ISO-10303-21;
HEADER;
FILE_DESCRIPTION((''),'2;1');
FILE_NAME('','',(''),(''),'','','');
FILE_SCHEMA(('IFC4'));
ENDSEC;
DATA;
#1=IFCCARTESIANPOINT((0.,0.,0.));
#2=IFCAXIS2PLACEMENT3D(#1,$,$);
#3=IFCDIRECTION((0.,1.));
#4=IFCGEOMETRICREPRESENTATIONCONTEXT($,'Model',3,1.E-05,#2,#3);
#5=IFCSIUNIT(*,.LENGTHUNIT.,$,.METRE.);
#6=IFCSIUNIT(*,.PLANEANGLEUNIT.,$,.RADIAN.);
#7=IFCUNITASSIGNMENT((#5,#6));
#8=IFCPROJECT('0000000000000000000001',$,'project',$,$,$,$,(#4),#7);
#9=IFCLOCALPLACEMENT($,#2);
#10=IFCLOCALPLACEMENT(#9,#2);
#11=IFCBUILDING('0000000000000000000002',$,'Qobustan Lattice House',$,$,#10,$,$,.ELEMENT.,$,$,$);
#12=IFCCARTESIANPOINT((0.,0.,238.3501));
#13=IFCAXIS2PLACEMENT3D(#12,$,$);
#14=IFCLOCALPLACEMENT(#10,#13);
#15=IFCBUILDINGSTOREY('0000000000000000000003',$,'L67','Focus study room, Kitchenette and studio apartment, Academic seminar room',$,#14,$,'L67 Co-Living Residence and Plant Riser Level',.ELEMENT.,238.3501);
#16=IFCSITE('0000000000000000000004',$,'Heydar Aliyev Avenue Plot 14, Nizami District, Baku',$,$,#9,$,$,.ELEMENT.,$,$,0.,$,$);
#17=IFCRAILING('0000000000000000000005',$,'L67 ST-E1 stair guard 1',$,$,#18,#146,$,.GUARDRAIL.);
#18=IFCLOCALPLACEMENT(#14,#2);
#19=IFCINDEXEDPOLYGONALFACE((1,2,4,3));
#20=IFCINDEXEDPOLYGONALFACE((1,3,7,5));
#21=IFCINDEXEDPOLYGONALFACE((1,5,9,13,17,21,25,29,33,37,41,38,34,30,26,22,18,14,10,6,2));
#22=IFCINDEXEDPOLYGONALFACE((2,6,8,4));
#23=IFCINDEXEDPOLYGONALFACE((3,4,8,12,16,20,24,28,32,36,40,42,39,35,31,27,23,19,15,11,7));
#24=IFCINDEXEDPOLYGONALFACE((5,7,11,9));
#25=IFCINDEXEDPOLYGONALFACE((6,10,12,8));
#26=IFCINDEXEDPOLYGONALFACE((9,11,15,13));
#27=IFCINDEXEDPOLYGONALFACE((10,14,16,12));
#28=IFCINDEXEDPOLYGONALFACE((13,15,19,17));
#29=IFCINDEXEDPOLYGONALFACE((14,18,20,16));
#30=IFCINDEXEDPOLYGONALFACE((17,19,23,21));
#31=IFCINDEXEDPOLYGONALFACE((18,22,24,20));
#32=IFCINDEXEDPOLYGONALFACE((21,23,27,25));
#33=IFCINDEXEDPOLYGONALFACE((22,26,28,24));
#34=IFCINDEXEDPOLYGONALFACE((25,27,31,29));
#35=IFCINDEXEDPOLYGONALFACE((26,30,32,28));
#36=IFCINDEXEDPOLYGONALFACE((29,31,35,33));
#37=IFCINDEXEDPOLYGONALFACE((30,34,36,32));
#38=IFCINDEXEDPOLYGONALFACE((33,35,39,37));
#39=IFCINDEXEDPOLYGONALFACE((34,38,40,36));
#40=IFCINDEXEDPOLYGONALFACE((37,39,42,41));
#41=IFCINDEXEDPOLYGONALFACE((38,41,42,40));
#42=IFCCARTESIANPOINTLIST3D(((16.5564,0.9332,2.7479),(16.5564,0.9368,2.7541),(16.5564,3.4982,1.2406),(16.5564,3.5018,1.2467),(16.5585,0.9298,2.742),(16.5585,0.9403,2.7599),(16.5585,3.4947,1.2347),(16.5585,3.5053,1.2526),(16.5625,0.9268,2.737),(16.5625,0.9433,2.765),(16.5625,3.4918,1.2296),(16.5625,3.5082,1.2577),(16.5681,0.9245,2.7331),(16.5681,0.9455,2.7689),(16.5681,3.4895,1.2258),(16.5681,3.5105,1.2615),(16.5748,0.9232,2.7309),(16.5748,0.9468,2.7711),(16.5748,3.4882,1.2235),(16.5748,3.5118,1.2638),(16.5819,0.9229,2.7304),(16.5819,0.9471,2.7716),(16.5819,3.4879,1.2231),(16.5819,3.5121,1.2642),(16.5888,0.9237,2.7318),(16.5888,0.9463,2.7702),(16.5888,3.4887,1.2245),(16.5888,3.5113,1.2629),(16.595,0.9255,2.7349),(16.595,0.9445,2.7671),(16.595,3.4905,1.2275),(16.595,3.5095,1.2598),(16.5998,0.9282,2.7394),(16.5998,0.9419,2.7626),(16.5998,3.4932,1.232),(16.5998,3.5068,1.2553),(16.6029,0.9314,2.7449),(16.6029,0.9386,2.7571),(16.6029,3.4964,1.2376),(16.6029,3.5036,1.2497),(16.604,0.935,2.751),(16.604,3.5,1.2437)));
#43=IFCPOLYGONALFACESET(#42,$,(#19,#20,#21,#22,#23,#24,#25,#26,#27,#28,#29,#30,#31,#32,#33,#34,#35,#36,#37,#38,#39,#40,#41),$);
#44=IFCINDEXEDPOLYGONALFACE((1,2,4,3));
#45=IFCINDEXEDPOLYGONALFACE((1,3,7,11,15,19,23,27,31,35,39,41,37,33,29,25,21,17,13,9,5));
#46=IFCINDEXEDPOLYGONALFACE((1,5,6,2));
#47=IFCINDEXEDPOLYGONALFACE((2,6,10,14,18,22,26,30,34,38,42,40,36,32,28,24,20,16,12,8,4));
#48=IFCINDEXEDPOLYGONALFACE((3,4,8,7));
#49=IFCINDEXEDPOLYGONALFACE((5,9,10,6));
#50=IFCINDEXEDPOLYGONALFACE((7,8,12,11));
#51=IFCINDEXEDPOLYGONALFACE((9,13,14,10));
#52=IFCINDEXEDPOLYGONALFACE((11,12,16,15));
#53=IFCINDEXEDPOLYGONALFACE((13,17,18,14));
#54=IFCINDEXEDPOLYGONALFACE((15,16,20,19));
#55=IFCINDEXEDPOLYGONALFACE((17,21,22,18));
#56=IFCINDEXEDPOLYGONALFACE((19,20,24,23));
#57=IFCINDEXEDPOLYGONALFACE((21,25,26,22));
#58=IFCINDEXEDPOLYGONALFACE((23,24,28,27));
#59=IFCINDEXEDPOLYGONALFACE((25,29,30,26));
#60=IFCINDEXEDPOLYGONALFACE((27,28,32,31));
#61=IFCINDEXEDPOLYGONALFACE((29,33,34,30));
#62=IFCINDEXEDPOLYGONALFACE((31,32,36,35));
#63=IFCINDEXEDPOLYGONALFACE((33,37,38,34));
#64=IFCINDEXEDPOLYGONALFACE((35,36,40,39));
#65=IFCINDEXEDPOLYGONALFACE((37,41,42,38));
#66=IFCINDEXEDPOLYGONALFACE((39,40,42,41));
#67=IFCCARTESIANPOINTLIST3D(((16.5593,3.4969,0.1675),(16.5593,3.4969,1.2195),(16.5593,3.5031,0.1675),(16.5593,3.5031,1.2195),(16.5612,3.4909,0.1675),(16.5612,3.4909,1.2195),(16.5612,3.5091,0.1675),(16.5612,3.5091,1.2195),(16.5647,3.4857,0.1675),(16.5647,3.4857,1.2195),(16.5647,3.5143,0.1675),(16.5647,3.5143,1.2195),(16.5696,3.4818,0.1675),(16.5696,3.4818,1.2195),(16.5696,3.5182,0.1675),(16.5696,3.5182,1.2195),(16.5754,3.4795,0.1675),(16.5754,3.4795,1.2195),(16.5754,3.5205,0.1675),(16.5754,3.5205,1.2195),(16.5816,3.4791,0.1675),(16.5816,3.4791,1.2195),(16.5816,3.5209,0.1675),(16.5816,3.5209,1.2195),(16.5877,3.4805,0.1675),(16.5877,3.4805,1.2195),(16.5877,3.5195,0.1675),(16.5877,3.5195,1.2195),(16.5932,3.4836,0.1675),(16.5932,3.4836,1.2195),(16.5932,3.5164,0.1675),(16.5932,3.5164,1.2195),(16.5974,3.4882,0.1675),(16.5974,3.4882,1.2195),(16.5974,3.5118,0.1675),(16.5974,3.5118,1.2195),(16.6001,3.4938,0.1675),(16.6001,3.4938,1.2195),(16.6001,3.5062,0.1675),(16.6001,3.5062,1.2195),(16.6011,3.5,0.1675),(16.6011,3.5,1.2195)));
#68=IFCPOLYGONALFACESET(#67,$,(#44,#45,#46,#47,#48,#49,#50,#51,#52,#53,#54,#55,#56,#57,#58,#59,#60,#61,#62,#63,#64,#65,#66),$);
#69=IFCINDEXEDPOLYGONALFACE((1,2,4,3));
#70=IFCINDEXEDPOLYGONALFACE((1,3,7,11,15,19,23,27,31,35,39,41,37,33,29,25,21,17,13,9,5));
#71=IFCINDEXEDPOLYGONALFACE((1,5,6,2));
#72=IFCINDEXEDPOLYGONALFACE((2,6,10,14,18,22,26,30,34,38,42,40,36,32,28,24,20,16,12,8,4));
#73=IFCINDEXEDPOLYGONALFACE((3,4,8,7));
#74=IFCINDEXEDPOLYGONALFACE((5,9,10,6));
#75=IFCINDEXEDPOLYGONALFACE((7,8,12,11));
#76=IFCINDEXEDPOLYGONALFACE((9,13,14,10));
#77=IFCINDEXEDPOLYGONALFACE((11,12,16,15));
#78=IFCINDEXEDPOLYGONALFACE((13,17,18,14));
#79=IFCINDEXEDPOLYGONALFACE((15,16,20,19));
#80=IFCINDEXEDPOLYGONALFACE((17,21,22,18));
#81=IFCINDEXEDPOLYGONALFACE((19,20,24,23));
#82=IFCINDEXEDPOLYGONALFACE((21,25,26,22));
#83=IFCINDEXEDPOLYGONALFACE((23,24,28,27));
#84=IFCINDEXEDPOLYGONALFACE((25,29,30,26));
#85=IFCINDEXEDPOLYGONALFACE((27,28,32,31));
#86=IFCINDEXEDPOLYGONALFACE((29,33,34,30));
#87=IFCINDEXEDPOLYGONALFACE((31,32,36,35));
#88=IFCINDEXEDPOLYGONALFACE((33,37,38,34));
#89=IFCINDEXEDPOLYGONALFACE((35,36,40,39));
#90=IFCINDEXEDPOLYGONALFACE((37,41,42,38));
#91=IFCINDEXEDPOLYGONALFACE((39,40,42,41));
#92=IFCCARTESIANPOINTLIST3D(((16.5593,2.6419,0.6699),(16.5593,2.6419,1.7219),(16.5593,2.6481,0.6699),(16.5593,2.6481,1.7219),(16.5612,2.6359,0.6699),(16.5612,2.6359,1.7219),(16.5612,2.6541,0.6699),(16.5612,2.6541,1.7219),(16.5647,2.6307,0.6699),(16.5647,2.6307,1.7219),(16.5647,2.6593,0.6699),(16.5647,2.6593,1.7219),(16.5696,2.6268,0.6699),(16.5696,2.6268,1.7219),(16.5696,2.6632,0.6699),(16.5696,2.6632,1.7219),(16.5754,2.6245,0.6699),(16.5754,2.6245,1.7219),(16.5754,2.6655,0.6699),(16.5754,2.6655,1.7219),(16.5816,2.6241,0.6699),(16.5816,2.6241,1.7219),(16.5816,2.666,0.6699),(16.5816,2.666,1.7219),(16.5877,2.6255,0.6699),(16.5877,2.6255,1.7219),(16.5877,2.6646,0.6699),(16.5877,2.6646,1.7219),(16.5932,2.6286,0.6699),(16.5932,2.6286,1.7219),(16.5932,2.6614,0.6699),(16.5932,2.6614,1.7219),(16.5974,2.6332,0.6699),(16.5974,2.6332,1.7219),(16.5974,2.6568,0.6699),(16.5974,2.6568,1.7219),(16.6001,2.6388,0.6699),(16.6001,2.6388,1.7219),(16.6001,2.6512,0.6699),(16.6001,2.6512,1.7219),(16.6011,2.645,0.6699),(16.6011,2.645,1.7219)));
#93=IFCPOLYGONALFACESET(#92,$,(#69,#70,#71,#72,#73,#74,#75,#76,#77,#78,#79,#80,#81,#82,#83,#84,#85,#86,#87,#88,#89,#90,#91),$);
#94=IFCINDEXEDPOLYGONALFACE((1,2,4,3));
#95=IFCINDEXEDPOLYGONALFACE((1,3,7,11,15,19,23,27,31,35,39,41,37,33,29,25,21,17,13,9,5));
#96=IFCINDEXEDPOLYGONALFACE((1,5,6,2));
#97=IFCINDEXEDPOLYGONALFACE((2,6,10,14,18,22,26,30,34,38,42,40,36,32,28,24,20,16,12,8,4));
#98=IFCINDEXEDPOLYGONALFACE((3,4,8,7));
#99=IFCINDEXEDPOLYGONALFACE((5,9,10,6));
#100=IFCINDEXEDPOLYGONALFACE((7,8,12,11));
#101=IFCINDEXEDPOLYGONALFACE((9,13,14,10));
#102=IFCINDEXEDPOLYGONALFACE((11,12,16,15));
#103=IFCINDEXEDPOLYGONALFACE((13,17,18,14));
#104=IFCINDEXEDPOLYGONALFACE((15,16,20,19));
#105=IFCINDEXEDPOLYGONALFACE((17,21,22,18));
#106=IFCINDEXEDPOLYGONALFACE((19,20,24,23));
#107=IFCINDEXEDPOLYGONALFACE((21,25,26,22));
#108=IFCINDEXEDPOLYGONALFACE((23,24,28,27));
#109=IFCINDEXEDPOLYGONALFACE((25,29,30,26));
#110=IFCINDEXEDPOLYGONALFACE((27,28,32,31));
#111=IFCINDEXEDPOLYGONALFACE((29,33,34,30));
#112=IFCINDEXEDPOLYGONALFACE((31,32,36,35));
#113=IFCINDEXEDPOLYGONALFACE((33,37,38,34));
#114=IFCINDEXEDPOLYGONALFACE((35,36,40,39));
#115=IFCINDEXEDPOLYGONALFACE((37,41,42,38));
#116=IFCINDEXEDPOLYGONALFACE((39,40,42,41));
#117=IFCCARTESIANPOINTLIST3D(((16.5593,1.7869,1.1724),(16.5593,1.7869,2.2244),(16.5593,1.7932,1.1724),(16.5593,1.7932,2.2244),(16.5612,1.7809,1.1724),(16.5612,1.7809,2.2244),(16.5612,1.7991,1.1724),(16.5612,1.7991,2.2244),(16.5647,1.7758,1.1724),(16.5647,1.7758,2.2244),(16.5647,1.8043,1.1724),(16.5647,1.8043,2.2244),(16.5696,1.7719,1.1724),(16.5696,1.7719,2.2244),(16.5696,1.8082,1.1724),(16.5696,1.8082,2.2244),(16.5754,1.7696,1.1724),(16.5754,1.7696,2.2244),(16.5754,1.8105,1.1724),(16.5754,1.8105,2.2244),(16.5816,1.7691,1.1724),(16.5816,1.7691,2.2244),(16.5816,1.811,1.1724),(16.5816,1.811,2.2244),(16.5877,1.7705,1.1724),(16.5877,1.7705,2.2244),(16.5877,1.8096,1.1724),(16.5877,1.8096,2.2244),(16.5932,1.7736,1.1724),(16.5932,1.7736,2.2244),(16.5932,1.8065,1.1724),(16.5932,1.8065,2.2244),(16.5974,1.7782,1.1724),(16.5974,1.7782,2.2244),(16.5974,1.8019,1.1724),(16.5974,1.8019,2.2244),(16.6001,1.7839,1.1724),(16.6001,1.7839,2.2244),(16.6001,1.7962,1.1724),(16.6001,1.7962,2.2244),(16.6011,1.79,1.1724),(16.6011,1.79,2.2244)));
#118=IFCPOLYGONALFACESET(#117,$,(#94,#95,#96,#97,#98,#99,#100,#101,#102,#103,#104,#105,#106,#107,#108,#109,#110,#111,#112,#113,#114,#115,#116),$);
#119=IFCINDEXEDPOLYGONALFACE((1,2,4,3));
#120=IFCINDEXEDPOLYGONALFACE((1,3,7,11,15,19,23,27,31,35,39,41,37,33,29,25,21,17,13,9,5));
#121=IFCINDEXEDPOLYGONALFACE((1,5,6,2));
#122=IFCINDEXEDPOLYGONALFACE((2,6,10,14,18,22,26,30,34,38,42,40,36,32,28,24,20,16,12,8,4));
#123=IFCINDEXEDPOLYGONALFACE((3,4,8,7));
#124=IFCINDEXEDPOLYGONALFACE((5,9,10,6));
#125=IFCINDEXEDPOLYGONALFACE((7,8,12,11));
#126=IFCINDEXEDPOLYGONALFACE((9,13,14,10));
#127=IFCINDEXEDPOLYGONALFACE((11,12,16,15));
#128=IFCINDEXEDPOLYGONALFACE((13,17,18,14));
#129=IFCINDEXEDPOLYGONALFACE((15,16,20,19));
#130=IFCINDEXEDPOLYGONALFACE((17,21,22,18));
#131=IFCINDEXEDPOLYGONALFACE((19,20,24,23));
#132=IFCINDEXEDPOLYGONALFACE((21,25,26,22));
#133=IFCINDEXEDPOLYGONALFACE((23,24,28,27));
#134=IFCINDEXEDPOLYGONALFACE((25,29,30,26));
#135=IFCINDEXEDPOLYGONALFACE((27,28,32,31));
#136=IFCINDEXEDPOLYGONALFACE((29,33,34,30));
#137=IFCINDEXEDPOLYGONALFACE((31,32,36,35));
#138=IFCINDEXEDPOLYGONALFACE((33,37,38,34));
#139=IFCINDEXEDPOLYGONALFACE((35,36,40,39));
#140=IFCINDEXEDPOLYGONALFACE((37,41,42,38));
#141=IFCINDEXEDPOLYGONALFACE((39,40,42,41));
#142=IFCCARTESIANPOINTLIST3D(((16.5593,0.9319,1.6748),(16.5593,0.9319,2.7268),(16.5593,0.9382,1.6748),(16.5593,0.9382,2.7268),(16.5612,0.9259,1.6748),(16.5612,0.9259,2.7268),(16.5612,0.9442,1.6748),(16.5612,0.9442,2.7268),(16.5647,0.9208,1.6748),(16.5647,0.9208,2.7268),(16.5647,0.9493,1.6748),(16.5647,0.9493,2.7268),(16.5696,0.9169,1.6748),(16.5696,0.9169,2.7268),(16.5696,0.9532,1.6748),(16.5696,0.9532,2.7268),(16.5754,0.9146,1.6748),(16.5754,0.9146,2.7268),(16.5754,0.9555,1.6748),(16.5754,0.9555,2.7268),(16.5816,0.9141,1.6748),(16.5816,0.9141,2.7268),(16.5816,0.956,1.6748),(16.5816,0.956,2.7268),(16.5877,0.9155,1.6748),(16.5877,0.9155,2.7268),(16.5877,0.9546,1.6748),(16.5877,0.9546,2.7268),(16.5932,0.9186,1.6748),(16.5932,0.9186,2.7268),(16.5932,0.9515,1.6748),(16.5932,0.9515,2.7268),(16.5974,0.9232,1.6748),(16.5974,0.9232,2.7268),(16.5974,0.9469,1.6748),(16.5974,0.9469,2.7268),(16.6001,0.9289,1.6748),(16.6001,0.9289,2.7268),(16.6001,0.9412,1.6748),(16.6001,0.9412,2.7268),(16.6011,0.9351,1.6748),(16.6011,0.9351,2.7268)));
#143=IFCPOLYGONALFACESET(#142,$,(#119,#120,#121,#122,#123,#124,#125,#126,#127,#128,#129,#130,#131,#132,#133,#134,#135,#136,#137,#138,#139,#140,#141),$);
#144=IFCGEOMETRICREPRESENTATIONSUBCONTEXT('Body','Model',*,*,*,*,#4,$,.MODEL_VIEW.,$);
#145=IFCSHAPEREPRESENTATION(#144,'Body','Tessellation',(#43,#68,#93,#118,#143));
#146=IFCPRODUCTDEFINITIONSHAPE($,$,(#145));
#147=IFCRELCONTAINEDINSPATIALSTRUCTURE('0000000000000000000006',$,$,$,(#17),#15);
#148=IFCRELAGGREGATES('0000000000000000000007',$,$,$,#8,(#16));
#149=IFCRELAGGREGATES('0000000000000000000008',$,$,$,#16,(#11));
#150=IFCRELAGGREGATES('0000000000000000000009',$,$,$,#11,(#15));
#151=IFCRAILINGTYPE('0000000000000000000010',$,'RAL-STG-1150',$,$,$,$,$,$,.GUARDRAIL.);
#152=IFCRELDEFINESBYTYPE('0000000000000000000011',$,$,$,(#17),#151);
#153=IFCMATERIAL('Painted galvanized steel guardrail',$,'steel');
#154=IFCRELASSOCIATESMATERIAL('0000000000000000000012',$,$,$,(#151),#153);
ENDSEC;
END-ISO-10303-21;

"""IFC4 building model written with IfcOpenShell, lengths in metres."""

from ifc_helpers import new_model, si_unit, direction, frame, origin, origin_2d, place, context, subcontext, project, spatial, circle, extrude, material, type_object, element, save


model = new_model("IFC4")

# Units and contexts
model_context = context("Model", 3, precision=1e-05, world=origin(), true_north=direction((0.0, 1.0)))
body_context = subcontext(model_context, "Body", "Model", "MODEL_VIEW")
ifc_project = project(units=[si_unit("LENGTHUNIT", "METRE"), si_unit("PLANEANGLEUNIT", "RADIAN")], contexts=[model_context])

# Site, building, storey
site_placement = place(None, origin())
site = spatial("IfcSite", under=ifc_project, at=site_placement, Name="Heydar Aliyev Avenue Plot 14, Nizami District, Baku", CompositionType="ELEMENT", RefElevation=0.0)
building_placement = place(site_placement, origin())
building = spatial("IfcBuilding", under=site, at=building_placement, Name="Qobustan Lattice House", CompositionType="ELEMENT")
storey_placement = place(building_placement, frame((0.0, 0.0, 238.3501)))
storey = spatial("IfcBuildingStorey", under=building, at=storey_placement, Name="L67", Description="Focus study room, Kitchenette and studio apartment, Academic seminar room", LongName="L67 Co-Living Residence and Plant Riser Level", CompositionType="ELEMENT", Elevation=238.3501)

# Railing
ifc_material_1 = material(Name="Painted galvanized steel guardrail", Category="steel")
railing_type_1 = type_object("IfcRailingType", Name="RAL-STG-1150", PredefinedType="GUARDRAIL", material=ifc_material_1)
railing_1_placement = place(storey_placement, frame((16.5801, 3.5, 0.1675)))
element("IfcRailing", 1, at=railing_1_placement, inside=storey, type_object=railing_type_1, Name="L67 ST-E1 stair guard 1", PredefinedType="GUARDRAIL", context=body_context, shape_type="SweptSolid", body=[
    extrude(circle(Radius=0.0239, at=origin_2d()), frame((0.0, 0.0, 1.0762), z_axis=(0.0, -0.862149, 0.506654), x_axis=(1.0, 0.0, 0.0)), (0.0, 0.0, 1.0), 2.9751),
    extrude(circle(Radius=0.021, at=origin_2d()), origin(), (0.0, 0.0, 1.0), 1.052),
    extrude(circle(Radius=0.021, at=origin_2d()), frame((0.0, -0.855, 0.5024)), (0.0, 0.0, 1.0), 1.052),
    extrude(circle(Radius=0.021, at=origin_2d()), frame((0.0, -1.71, 1.0049)), (0.0, 0.0, 1.0), 1.052),
    extrude(circle(Radius=0.021, at=origin_2d()), frame((0.0, -2.5649, 1.5073)), (0.0, 0.0, 1.0), 1.052),
])

save(model, "model.ifc")
